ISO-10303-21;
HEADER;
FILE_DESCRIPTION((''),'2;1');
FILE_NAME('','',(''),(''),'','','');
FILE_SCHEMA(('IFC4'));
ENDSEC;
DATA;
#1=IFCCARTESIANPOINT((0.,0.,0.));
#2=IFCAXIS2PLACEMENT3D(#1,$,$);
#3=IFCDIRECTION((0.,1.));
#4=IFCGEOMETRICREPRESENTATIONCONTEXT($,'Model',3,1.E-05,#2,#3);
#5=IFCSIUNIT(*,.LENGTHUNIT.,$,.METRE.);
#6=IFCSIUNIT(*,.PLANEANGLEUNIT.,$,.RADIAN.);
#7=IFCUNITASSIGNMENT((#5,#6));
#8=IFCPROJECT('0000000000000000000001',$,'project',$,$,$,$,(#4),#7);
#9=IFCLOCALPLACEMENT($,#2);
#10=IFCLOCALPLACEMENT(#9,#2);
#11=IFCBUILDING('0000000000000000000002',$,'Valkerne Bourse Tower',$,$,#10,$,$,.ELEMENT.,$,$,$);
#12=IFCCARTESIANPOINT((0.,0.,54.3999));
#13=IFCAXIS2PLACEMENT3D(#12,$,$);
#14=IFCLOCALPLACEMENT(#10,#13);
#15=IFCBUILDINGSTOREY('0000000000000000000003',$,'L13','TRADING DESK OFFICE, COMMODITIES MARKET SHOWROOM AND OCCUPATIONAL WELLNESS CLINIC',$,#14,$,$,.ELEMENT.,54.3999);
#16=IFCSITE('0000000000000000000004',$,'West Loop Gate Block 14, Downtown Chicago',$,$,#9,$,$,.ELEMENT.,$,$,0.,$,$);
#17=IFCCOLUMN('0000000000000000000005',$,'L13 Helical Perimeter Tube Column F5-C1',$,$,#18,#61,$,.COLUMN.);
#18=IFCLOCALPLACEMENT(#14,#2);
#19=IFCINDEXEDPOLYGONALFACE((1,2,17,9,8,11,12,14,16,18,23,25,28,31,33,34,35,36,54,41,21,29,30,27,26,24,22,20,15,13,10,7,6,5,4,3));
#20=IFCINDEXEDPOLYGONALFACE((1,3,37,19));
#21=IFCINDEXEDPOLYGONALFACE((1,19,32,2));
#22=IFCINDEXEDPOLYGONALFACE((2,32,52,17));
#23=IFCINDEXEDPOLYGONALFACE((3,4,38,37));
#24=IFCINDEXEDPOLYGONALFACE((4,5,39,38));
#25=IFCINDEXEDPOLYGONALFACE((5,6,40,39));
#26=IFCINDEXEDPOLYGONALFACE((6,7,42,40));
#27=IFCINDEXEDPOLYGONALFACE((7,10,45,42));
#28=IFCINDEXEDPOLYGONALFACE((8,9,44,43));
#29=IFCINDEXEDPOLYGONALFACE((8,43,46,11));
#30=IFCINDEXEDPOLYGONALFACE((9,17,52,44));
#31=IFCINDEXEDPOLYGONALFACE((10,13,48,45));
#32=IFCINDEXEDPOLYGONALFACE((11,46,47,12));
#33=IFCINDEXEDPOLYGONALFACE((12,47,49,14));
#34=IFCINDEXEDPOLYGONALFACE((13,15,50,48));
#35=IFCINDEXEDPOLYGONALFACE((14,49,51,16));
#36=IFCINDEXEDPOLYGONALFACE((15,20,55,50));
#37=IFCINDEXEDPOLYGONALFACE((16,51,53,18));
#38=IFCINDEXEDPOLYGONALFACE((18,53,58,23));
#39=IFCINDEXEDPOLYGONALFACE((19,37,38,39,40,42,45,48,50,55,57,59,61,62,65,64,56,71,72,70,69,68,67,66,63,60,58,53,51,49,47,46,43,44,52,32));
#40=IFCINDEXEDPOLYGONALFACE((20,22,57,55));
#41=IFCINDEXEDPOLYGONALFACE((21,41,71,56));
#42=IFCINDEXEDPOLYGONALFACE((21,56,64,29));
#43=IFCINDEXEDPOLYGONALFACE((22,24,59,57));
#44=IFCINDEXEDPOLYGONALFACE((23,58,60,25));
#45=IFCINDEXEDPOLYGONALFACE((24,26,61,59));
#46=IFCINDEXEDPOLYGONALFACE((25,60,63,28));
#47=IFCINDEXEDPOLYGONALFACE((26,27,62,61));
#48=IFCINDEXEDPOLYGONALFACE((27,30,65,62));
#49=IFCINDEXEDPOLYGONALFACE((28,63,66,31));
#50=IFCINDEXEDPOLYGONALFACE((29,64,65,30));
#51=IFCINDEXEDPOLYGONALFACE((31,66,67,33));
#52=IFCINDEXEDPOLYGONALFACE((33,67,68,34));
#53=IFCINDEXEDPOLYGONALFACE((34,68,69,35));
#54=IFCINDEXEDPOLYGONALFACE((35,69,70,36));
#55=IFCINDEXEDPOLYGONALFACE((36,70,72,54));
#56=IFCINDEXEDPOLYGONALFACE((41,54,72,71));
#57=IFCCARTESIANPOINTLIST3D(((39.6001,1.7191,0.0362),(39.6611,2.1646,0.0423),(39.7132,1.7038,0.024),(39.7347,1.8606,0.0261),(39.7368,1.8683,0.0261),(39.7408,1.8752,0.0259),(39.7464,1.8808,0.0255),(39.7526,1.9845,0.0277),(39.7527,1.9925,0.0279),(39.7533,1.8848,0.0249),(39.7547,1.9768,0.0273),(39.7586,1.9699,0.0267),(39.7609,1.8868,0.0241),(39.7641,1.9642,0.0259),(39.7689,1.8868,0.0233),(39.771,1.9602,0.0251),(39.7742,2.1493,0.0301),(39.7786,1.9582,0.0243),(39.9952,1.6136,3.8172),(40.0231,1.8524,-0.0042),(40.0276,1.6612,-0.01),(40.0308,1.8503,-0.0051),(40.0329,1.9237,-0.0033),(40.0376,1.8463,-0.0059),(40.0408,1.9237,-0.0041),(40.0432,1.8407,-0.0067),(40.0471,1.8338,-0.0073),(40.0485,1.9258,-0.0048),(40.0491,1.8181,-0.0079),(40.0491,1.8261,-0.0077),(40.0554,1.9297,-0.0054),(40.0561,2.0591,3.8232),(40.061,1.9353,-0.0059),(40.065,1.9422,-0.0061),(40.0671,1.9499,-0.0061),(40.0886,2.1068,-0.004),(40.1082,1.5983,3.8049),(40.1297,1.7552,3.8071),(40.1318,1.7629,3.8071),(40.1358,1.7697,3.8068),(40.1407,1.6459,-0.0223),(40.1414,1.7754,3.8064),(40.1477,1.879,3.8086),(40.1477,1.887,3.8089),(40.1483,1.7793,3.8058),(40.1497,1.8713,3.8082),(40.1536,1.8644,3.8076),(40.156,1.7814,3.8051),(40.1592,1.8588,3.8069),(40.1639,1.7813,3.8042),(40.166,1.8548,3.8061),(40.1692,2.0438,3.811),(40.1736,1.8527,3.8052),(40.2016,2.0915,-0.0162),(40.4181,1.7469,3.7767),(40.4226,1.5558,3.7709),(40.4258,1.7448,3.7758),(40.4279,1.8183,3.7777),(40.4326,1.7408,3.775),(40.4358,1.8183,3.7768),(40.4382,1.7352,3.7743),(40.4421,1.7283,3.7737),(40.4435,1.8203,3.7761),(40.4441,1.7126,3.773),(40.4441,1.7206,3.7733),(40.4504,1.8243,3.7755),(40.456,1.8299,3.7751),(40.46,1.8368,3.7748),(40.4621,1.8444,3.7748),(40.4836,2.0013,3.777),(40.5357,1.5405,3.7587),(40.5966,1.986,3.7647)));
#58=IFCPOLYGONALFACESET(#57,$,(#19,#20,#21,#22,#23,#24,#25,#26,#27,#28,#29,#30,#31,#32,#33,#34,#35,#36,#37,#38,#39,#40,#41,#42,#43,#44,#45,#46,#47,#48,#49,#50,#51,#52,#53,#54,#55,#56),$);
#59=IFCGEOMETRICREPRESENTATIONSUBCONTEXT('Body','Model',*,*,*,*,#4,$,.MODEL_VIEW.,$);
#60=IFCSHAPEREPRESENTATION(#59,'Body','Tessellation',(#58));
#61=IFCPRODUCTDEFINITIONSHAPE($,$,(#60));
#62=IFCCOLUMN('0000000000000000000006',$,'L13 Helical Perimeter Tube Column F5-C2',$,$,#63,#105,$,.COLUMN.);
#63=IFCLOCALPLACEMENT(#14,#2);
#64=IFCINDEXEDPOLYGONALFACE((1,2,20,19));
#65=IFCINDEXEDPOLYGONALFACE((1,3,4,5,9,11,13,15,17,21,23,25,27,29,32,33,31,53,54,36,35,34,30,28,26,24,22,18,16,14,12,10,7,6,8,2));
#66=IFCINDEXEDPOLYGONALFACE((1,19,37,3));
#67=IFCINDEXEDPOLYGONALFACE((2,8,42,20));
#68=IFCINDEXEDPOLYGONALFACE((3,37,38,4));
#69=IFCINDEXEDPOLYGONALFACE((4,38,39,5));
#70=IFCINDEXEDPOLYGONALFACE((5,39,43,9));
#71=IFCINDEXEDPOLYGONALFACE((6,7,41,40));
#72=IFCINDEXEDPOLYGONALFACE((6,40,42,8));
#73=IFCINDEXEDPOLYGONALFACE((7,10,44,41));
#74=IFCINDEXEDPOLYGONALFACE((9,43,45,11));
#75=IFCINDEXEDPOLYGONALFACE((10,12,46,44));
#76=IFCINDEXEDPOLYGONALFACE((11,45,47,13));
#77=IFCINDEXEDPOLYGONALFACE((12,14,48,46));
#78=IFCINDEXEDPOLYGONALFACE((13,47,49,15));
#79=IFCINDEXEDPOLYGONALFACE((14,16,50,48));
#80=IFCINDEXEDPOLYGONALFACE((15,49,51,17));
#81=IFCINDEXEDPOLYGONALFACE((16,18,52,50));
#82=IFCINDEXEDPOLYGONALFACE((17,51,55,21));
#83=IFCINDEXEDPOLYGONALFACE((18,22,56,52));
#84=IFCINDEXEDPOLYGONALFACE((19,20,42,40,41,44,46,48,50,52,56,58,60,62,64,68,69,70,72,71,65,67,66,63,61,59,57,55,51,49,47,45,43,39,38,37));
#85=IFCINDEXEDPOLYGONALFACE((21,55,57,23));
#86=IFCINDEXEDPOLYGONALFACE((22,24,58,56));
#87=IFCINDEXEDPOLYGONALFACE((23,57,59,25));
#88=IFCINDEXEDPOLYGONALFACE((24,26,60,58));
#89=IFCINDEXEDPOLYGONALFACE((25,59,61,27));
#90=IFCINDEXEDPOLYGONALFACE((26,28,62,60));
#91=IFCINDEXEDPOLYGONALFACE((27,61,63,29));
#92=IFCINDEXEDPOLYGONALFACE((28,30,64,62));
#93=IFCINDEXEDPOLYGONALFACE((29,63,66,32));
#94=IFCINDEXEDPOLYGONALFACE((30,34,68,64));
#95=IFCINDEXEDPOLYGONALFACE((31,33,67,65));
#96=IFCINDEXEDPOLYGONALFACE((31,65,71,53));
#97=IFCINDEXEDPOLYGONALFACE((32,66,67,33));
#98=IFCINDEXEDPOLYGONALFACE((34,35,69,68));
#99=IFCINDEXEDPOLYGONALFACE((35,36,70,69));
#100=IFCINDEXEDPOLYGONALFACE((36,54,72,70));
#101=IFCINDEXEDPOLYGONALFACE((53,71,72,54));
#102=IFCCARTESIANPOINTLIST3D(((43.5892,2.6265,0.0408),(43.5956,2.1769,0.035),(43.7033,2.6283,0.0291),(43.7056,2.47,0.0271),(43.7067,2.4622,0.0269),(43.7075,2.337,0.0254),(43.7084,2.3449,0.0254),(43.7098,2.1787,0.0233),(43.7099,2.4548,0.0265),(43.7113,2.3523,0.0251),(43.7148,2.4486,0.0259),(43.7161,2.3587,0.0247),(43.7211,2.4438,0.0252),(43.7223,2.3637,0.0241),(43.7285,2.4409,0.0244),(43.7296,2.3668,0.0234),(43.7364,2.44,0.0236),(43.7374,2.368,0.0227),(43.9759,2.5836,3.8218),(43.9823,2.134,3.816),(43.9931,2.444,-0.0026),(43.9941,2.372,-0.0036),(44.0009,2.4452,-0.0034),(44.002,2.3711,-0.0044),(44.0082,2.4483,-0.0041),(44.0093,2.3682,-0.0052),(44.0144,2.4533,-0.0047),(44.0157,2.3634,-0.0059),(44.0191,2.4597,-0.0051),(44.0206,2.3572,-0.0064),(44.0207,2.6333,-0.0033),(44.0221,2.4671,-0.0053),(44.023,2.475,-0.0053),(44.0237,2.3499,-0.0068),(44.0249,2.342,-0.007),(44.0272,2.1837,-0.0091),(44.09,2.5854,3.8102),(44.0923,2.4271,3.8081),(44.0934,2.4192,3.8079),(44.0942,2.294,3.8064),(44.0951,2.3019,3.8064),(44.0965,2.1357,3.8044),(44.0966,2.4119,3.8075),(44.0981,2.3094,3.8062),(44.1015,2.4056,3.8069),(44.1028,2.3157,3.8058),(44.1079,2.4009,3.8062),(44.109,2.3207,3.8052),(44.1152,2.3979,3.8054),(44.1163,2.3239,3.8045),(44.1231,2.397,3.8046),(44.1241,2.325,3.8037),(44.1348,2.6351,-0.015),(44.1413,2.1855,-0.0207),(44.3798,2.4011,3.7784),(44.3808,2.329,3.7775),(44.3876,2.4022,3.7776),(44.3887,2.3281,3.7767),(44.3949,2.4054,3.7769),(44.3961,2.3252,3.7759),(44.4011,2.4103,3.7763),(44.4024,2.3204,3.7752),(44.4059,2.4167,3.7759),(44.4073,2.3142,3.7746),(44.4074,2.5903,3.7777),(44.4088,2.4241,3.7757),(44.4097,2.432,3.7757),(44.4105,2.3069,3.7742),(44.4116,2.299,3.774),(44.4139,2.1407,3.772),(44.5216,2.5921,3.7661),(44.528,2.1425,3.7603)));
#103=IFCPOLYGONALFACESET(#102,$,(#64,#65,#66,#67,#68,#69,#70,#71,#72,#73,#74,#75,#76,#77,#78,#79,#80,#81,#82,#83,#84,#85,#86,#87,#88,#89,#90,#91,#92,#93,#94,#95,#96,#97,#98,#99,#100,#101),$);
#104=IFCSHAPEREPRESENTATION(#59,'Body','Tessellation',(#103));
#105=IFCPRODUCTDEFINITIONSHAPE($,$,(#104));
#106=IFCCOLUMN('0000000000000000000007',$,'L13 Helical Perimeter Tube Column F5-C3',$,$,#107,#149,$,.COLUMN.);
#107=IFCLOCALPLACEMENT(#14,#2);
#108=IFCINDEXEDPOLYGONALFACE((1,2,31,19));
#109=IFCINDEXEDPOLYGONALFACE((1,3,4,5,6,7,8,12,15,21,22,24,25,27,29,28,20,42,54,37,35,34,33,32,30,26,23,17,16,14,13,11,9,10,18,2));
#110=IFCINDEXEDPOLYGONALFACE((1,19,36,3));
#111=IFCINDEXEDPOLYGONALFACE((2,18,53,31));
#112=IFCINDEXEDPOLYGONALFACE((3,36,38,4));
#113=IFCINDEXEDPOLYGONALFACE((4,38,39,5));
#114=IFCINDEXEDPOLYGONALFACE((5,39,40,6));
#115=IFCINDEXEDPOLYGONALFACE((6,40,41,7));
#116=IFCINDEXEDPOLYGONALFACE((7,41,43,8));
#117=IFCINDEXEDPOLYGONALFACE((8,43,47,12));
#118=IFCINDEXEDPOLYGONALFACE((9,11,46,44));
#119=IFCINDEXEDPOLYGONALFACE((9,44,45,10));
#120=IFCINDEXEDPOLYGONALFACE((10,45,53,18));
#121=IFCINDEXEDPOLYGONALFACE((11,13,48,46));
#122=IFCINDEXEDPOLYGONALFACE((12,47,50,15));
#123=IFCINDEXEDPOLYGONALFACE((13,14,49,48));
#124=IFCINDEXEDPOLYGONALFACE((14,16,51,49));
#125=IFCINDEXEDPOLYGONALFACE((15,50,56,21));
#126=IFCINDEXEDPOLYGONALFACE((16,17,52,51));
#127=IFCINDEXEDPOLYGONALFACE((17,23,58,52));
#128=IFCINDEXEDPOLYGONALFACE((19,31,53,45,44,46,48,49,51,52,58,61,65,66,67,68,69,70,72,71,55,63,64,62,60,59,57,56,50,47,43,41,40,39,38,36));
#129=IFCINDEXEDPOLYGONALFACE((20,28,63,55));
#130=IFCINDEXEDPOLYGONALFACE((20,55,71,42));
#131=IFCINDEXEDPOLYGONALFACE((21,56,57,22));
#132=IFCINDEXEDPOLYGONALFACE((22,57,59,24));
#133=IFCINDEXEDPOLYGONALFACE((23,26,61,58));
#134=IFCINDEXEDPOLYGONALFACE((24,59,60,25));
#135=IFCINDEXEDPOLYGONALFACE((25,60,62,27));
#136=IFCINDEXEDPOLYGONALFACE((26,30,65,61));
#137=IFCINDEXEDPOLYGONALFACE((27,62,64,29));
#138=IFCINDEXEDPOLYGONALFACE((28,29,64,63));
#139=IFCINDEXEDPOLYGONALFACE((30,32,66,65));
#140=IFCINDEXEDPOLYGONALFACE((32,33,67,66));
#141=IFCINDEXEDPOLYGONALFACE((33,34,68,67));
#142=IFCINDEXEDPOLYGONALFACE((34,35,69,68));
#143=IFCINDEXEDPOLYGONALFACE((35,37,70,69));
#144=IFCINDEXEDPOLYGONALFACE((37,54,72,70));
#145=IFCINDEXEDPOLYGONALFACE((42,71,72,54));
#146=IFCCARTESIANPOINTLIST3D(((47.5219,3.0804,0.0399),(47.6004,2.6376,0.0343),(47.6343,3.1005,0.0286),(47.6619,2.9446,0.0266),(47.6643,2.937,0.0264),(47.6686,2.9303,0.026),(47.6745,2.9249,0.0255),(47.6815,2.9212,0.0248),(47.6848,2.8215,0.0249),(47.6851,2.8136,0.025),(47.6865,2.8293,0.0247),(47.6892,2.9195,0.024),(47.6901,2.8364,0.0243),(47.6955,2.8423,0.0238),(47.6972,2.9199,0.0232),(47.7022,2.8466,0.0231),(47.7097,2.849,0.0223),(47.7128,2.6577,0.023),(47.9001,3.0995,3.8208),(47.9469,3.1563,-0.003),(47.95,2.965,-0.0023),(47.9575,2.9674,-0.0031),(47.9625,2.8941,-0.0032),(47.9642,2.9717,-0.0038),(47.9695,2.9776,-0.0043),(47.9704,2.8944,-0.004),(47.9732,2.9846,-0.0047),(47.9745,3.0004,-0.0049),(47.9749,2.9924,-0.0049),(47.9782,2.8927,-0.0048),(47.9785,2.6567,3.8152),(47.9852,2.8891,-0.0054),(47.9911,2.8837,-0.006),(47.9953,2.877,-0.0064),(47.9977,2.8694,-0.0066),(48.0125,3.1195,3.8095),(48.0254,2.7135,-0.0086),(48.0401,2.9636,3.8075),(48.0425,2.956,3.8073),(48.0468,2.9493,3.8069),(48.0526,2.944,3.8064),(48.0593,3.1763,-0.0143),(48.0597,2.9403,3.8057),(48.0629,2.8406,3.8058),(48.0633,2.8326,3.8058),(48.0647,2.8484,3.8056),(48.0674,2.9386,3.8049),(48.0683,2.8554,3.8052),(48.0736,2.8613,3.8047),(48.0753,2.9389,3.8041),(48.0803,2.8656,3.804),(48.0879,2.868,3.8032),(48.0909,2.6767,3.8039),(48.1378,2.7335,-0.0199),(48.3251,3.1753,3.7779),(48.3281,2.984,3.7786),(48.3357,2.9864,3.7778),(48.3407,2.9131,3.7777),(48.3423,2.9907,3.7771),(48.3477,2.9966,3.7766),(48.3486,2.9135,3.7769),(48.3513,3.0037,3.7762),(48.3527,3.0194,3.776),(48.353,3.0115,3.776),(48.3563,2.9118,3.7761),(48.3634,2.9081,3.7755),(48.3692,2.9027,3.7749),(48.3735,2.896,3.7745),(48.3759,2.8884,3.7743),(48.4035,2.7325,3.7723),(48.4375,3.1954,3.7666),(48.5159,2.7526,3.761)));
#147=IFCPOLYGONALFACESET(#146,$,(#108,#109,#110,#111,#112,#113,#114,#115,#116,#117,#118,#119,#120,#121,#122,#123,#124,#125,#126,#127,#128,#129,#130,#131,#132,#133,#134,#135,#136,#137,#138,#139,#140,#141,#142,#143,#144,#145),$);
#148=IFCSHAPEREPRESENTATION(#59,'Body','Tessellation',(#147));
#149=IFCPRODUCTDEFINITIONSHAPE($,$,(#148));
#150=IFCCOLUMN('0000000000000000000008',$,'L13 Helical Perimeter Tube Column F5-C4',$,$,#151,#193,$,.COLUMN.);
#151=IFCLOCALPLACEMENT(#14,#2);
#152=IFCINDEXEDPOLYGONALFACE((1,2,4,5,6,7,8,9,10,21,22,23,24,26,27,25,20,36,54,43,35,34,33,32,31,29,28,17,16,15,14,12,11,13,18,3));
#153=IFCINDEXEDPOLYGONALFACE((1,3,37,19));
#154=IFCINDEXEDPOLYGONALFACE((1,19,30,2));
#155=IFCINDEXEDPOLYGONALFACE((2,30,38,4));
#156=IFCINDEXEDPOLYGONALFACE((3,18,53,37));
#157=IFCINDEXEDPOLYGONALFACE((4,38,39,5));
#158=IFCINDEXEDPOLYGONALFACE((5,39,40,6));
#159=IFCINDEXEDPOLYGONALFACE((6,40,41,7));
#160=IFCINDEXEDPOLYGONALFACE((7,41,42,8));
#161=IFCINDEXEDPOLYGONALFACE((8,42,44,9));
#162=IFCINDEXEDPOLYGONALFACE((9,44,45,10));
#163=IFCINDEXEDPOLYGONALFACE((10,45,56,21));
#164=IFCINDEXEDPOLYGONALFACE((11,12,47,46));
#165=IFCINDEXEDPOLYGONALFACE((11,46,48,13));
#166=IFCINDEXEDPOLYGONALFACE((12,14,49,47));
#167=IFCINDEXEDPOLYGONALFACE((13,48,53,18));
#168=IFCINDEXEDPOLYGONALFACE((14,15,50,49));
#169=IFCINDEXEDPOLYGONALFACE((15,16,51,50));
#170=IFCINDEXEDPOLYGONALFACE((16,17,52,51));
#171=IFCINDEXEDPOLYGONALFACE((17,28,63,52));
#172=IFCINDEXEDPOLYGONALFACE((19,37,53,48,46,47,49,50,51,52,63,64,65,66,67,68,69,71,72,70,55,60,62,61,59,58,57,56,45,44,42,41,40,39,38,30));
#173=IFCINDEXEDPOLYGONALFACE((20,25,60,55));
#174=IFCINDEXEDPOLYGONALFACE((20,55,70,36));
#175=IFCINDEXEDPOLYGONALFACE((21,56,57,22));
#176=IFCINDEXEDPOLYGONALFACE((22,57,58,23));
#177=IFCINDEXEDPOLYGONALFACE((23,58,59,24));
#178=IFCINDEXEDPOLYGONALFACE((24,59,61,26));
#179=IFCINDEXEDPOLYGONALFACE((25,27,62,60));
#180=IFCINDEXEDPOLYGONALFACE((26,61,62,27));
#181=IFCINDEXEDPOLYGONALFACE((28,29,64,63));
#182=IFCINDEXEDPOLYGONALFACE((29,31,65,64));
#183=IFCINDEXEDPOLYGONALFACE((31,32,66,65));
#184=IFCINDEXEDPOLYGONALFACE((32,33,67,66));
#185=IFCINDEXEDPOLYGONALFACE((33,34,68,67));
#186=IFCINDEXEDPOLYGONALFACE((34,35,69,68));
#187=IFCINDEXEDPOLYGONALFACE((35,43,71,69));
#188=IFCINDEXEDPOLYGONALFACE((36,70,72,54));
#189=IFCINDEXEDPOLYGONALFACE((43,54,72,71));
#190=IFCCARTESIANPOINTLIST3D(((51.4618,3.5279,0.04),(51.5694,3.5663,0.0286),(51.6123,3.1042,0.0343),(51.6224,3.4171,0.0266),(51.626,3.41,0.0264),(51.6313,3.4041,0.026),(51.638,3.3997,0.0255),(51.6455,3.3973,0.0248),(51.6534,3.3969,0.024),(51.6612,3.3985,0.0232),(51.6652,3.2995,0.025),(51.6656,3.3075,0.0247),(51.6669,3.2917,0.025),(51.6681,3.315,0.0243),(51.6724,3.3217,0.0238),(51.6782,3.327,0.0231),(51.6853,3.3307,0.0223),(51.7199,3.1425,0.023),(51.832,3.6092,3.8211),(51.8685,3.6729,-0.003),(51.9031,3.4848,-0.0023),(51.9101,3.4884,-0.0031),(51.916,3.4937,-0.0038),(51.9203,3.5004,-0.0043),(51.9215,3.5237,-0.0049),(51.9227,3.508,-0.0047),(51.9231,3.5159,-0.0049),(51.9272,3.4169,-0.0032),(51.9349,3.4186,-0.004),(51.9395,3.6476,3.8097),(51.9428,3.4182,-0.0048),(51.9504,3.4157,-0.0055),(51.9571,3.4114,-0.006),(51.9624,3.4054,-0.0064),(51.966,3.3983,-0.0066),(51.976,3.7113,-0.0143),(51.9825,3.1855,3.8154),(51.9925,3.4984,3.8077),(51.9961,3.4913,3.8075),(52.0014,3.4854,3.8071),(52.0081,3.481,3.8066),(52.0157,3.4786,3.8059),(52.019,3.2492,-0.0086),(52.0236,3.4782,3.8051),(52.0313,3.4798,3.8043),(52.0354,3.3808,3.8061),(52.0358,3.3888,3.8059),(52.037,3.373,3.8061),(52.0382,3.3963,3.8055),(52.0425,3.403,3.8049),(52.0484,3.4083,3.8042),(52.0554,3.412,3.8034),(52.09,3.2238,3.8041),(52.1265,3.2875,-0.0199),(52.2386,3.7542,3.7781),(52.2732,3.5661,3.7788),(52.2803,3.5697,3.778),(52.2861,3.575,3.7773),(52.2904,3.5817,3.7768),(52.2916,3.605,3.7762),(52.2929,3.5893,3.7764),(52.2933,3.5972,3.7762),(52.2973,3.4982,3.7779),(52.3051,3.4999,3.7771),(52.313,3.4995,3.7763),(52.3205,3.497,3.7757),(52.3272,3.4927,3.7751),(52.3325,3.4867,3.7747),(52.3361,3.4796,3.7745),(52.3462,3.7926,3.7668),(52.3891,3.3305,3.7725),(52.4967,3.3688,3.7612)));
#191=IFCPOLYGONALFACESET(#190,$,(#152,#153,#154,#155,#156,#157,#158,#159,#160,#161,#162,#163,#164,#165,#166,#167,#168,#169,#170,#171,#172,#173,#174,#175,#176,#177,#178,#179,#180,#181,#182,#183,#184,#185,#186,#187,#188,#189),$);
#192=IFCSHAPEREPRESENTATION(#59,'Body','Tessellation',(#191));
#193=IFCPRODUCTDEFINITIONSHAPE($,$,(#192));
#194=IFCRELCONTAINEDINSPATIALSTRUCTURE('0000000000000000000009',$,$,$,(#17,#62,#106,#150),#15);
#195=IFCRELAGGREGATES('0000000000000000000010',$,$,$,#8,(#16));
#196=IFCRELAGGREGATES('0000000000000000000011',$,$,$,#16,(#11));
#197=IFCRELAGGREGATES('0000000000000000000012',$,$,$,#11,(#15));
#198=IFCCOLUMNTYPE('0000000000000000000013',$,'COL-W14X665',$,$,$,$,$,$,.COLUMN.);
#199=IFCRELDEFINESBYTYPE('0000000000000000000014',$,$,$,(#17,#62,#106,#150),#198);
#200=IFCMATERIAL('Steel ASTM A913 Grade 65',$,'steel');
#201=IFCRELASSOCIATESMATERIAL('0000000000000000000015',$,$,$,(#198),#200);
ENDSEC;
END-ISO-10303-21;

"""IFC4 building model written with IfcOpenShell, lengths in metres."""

from ifc_helpers import new_model, si_unit, direction, frame, origin, origin_2d, place, context, subcontext, project, spatial, i_section, extrude, material, material_profile, profile_set, type_object, element, save


model = new_model("IFC4")

# Units and contexts
model_context = context("Model", 3, precision=1e-05, world=origin(), true_north=direction((0.0, 1.0)))
body_context = subcontext(model_context, "Body", "Model", "MODEL_VIEW")
ifc_project = project(units=[si_unit("LENGTHUNIT", "METRE"), si_unit("PLANEANGLEUNIT", "RADIAN")], contexts=[model_context])

# Site, building, storey
site_placement = place(None, origin())
site = spatial("IfcSite", under=ifc_project, at=site_placement, Name="West Loop Gate Block 14, Downtown Chicago", CompositionType="ELEMENT", RefElevation=0.0)
building_placement = place(site_placement, origin())
building = spatial("IfcBuilding", under=site, at=building_placement, Name="Valkerne Bourse Tower", CompositionType="ELEMENT")
storey_placement = place(building_placement, frame((0.0, 0.0, 54.3999)))
storey = spatial("IfcBuildingStorey", under=building, at=storey_placement, Name="L13", Description="TRADING DESK OFFICE, COMMODITIES MARKET SHOWROOM AND OCCUPATIONAL WELLNESS CLINIC", CompositionType="ELEMENT", Elevation=54.3999)

# Columns
ifc_material_1 = material(Name="Steel ASTM A913 Grade 65", Category="steel")
ifc_material_profile_1 = material_profile(ifc_material_1, i_section(OverallWidth=0.4497, OverallDepth=0.5486, WebThickness=0.072, FlangeThickness=0.1147, FilletRadius=0.0305, at=origin_2d()), Name="W14X665")
ifc_profile_set_1 = profile_set([ifc_material_profile_1], Name="Steel ASTM A913 Grade 65")
column_type = type_object("IfcColumnType", Name="COL-W14X665", PredefinedType="COLUMN", material=ifc_profile_set_1)
column_1_placement = place(storey_placement, frame((39.9009, 1.9053, 0.01), z_axis=(0.103869, -0.027733, 0.994204), x_axis=(0.135536, 0.990681, 0.013474)))
element("IfcColumn", 1, at=column_1_placement, inside=storey, type_object=column_type, Name="L13 Helical Perimeter Tube Column F5-C1", PredefinedType="COLUMN", context=body_context, shape_type="SweptSolid", body=[
    extrude(i_section(OverallWidth=0.4497, OverallDepth=0.5486, WebThickness=0.072, FlangeThickness=0.1147, FilletRadius=0.0305, at=origin_2d()), origin(), (0.0, 0.0, 1.0), 3.803),
])
column_2_placement = place(storey_placement, frame((43.8652, 2.406, 0.01), z_axis=(0.101742, -0.011305, 0.994747), x_axis=(-0.014352, 0.999815, 0.01283)))
element("IfcColumn", 2, at=column_2_placement, inside=storey, type_object=column_type, Name="L13 Helical Perimeter Tube Column F5-C2", PredefinedType="COLUMN", context=body_context, shape_type="SweptSolid", body=[
    extrude(i_section(OverallWidth=0.4497, OverallDepth=0.5486, WebThickness=0.072, FlangeThickness=0.1147, FilletRadius=0.0305, at=origin_2d()), origin(), (0.0, 0.0, 1.0), 3.801),
])
column_3_placement = place(storey_placement, frame((47.8298, 2.907, 0.01), z_axis=(0.099522, 0.005011, 0.995023), x_axis=(-0.174446, 0.984587, 0.012489)))
element("IfcColumn", 3, at=column_3_placement, inside=storey, type_object=column_type, Name="L13 Helical Perimeter Tube Column F5-C3", PredefinedType="COLUMN", context=body_context, shape_type="SweptSolid", body=[
    extrude(i_section(OverallWidth=0.4497, OverallDepth=0.5486, WebThickness=0.072, FlangeThickness=0.1147, FilletRadius=0.0305, at=origin_2d()), origin(), (0.0, 0.0, 1.0), 3.7998),
])
column_4_placement = place(storey_placement, frame((51.7942, 3.4077, 0.01), z_axis=(0.097401, 0.021395, 0.995015), x_axis=(-0.334655, 0.942258, 0.012499)))
element("IfcColumn", 4, at=column_4_placement, inside=storey, type_object=column_type, Name="L13 Helical Perimeter Tube Column F5-C4", PredefinedType="COLUMN", context=body_context, shape_type="SweptSolid", body=[
    extrude(i_section(OverallWidth=0.4497, OverallDepth=0.5486, WebThickness=0.072, FlangeThickness=0.1147, FilletRadius=0.0305, at=origin_2d()), origin(), (0.0, 0.0, 1.0), 3.8),
])

save(model, "model.ifc")
